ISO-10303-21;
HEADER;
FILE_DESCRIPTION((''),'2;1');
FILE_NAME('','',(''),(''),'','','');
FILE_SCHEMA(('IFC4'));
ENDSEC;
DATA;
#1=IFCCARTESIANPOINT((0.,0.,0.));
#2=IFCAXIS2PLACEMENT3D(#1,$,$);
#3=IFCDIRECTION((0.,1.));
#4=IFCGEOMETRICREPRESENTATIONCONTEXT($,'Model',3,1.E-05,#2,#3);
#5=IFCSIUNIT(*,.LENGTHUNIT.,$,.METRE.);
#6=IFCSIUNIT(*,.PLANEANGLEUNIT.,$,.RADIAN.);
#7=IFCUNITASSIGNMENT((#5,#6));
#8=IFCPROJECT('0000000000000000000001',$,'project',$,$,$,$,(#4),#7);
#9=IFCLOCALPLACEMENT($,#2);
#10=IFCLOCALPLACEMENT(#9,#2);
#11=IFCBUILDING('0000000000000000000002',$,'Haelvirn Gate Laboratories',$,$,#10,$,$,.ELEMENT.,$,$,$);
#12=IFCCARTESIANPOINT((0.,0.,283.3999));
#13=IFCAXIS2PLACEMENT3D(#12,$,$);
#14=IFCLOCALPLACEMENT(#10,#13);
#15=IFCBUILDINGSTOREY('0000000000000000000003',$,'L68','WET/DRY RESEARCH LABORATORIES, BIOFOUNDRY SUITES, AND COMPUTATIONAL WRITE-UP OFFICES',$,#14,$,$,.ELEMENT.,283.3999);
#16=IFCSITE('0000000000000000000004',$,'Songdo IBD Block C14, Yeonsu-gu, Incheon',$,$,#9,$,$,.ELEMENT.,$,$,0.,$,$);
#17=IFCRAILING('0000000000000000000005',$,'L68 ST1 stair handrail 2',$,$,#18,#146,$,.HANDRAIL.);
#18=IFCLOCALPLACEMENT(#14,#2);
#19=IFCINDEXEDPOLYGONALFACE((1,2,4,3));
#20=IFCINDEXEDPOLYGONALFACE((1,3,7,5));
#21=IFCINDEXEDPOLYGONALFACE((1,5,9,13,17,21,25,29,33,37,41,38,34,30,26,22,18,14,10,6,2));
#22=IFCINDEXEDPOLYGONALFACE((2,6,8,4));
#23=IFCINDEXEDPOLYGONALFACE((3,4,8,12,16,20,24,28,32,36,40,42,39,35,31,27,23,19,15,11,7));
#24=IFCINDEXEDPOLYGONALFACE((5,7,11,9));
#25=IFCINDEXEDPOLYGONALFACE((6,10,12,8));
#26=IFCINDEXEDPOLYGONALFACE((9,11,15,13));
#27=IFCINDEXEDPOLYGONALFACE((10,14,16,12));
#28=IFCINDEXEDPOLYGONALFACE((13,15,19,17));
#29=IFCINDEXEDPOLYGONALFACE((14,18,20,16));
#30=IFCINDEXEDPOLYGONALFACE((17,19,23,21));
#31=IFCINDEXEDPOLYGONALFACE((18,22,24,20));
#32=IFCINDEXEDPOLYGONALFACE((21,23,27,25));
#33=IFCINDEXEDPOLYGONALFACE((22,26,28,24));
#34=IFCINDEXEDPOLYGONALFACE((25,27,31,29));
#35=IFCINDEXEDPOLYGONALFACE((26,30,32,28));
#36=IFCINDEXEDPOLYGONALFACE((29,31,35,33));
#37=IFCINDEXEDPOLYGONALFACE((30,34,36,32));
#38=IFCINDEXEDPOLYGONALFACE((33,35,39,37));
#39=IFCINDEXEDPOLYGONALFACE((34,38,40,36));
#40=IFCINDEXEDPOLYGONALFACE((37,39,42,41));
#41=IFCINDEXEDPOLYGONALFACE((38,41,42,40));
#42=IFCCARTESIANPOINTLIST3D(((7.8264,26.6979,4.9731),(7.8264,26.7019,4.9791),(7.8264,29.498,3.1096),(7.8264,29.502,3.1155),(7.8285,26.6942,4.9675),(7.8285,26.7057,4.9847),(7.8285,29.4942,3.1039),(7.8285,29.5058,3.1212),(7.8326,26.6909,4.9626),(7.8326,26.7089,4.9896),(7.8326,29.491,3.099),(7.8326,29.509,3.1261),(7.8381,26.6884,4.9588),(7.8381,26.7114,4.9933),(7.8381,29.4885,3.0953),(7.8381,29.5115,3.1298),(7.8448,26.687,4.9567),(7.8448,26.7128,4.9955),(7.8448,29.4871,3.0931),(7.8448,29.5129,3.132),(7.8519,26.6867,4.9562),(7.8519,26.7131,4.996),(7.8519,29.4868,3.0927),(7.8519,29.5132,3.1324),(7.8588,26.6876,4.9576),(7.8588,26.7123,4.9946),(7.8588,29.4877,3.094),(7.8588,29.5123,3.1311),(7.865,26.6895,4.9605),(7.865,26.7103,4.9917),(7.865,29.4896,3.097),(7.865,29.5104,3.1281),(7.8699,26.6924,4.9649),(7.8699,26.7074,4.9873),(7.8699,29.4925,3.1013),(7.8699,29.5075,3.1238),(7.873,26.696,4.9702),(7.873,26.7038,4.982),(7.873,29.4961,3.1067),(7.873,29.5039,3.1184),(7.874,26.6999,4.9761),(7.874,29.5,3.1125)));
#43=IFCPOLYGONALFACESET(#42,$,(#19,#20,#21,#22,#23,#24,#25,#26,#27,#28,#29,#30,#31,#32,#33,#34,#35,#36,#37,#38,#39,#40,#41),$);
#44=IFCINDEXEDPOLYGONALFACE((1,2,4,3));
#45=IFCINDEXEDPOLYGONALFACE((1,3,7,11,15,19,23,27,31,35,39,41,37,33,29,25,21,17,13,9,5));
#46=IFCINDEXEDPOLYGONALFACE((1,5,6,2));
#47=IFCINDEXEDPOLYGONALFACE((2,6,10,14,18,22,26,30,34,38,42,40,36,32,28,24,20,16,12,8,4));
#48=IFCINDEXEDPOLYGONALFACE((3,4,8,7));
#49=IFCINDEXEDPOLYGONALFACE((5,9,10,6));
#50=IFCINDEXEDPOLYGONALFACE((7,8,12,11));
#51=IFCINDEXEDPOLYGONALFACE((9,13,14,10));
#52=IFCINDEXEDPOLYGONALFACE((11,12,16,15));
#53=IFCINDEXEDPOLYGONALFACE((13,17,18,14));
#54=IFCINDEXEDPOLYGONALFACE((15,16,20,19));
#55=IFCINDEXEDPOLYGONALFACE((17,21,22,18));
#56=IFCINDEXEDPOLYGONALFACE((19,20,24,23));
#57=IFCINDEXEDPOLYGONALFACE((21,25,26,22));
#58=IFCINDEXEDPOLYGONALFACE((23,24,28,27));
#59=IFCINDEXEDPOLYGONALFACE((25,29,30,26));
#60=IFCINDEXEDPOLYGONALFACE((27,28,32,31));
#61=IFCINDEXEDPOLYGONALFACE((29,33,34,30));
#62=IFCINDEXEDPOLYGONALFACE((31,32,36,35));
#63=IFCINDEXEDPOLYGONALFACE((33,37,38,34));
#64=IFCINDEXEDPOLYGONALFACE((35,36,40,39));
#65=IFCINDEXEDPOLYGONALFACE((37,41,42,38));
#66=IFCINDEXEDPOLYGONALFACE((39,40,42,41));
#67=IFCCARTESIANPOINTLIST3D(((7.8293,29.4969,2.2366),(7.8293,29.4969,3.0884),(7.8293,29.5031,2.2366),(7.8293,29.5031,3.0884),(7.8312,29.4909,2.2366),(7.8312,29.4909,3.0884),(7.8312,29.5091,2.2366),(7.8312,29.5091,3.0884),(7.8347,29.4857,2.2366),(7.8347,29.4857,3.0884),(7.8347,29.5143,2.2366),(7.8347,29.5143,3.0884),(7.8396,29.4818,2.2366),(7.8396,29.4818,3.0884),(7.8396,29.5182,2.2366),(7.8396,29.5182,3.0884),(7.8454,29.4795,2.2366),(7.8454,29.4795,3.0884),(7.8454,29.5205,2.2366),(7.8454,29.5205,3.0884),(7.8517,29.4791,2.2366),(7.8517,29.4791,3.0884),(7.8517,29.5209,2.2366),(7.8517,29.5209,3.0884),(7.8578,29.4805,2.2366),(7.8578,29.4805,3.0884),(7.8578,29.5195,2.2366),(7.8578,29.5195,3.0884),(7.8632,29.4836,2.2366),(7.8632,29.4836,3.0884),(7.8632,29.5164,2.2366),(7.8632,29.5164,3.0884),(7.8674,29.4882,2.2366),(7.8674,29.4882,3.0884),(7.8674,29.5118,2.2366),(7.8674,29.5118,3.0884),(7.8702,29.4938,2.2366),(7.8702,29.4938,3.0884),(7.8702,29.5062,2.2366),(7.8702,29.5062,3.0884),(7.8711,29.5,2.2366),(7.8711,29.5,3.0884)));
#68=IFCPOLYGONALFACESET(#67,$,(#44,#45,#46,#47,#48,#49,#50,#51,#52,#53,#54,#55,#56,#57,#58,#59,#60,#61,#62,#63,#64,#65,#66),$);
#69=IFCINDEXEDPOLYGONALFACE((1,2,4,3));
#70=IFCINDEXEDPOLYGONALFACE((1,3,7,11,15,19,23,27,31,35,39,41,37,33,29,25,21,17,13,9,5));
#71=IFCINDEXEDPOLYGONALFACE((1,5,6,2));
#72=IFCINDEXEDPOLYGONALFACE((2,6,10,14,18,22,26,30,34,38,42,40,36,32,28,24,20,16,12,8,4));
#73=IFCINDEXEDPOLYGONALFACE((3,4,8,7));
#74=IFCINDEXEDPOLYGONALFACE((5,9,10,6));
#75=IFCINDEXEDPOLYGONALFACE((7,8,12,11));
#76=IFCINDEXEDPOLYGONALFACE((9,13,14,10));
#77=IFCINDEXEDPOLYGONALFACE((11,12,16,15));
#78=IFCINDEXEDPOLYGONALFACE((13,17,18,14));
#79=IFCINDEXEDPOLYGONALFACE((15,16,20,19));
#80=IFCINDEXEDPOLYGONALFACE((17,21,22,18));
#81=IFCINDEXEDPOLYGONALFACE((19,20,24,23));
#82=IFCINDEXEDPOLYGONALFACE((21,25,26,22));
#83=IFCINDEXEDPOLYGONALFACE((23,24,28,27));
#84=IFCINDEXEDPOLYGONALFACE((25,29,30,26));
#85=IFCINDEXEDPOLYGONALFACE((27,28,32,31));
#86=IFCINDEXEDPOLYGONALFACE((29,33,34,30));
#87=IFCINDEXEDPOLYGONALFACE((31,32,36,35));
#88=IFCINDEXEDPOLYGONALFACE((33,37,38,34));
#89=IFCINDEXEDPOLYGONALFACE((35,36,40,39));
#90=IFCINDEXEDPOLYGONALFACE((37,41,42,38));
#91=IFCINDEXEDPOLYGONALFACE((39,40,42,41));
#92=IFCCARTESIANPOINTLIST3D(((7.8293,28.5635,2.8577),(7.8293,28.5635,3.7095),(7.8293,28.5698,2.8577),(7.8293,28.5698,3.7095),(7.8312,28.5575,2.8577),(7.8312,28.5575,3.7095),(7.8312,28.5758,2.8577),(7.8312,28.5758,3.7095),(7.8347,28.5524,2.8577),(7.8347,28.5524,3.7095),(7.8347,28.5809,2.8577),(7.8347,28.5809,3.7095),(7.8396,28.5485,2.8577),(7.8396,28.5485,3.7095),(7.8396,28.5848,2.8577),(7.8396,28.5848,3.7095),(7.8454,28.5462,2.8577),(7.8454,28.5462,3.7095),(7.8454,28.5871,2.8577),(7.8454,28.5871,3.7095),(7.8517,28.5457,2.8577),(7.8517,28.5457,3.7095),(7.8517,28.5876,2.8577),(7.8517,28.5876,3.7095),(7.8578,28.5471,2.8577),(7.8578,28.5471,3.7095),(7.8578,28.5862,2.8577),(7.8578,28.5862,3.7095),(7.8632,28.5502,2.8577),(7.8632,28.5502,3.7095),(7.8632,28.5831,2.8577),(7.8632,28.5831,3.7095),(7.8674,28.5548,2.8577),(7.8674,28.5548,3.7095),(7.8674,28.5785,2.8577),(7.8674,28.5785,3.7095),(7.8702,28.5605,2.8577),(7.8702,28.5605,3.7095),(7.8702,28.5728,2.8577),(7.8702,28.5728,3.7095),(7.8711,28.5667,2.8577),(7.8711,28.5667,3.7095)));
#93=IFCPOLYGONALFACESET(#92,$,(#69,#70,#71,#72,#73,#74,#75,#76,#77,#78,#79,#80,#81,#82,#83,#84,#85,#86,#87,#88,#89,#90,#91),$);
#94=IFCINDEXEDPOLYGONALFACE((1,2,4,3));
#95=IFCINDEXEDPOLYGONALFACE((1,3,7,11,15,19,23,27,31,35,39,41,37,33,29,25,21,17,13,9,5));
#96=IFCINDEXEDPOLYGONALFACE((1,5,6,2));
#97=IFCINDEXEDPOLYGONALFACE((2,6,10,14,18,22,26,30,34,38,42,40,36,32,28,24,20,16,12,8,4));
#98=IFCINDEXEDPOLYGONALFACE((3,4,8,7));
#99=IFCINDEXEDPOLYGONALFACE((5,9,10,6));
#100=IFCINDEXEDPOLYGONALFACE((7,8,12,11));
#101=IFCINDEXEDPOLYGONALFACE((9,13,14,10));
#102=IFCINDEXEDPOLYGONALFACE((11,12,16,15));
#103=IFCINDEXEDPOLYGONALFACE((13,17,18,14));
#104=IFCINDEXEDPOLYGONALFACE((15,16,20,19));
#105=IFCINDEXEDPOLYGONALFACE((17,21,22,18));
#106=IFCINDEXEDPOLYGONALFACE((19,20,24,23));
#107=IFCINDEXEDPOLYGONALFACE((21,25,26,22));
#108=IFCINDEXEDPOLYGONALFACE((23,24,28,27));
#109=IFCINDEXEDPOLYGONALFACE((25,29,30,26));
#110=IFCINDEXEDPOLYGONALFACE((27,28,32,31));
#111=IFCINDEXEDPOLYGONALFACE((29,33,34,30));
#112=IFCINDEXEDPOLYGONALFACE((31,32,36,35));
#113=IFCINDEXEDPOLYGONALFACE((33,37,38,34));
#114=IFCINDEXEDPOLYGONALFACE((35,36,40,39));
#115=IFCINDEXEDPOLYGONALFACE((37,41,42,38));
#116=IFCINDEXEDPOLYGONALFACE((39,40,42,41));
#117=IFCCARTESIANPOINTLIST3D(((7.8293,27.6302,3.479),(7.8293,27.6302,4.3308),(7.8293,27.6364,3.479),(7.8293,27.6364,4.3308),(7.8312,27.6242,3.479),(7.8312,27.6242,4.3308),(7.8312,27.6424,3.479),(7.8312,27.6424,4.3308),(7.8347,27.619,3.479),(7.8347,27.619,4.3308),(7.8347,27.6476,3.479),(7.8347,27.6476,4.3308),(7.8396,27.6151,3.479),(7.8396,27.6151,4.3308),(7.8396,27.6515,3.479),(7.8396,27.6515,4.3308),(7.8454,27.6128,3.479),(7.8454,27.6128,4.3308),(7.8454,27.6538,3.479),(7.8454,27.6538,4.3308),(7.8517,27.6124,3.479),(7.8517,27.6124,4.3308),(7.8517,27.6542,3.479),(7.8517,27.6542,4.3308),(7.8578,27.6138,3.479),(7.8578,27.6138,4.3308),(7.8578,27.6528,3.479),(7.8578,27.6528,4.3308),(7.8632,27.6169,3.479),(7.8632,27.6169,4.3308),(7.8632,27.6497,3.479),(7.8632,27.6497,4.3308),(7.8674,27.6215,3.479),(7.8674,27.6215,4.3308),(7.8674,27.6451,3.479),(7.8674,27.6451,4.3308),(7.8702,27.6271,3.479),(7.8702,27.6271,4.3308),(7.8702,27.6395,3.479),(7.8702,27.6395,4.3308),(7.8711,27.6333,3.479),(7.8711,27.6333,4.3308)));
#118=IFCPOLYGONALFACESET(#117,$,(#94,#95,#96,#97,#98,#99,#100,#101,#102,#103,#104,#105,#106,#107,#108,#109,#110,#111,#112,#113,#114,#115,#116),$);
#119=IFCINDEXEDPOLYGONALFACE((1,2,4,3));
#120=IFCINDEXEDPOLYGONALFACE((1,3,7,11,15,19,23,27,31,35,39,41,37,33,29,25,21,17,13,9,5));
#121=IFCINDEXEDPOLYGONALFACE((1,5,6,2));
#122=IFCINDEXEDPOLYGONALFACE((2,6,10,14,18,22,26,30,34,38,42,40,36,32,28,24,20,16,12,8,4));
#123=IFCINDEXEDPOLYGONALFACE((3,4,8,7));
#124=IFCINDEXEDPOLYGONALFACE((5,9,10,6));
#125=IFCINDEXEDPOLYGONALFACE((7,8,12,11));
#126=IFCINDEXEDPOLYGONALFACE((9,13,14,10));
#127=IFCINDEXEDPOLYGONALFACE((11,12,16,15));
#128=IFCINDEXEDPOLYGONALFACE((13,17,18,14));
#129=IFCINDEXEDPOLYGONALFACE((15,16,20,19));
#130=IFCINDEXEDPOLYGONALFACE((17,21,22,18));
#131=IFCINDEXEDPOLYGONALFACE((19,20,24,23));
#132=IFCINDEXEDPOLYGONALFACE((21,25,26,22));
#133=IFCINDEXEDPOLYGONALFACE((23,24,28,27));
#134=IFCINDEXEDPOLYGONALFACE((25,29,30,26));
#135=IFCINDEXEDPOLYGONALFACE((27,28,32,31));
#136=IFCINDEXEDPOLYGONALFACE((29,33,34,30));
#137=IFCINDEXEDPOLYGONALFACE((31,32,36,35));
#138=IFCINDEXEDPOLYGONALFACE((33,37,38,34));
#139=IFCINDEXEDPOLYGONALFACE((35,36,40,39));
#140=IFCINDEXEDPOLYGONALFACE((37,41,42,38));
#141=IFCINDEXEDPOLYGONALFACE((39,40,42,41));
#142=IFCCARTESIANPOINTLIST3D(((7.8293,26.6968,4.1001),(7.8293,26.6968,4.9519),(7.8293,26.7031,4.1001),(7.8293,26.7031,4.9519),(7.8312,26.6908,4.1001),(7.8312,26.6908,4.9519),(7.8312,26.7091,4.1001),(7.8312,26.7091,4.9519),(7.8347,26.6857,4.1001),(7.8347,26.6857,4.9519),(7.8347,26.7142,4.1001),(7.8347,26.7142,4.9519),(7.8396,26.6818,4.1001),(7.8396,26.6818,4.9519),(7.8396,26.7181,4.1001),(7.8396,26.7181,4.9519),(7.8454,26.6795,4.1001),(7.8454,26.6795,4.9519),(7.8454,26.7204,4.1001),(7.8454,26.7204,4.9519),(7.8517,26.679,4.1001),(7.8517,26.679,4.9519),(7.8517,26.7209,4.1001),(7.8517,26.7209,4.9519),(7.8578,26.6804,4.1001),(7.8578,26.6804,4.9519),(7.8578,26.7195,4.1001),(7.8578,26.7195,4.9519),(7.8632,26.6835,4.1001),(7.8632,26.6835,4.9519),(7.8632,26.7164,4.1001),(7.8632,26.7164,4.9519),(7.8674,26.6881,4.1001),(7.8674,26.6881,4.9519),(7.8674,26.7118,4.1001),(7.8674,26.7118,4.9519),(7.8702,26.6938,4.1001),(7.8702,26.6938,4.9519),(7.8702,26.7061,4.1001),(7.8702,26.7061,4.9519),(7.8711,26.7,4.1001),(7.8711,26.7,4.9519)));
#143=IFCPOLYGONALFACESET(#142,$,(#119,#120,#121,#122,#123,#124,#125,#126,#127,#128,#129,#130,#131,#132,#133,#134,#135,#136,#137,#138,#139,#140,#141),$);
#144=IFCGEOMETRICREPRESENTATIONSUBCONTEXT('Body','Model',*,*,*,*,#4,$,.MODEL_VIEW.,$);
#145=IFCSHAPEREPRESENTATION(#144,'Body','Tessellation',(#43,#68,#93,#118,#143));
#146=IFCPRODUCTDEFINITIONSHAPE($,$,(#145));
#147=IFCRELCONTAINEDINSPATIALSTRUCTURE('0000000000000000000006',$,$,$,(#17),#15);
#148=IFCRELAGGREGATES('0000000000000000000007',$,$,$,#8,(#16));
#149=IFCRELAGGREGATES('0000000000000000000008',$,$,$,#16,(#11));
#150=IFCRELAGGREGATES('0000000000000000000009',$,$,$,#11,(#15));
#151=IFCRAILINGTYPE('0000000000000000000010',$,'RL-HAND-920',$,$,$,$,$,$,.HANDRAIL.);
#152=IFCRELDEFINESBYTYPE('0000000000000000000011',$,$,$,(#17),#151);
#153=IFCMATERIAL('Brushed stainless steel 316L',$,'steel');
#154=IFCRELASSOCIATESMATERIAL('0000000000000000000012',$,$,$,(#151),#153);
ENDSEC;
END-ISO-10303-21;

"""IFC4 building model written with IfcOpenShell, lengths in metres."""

from ifc_helpers import new_model, si_unit, direction, frame, origin, origin_2d, place, context, subcontext, project, spatial, circle, extrude, source, transform, mapped, material, type_object, type_shapes, element, save


model = new_model("IFC4")

# Units and contexts
model_context = context("Model", 3, precision=1e-05, world=origin(), true_north=direction((0.0, 1.0)))
body_context = subcontext(model_context, "Body", "Model", "MODEL_VIEW")
ifc_project = project(units=[si_unit("LENGTHUNIT", "METRE"), si_unit("PLANEANGLEUNIT", "RADIAN")], contexts=[model_context])

# Site, building, storey
site_placement = place(None, origin())
site = spatial("IfcSite", under=ifc_project, at=site_placement, Name="Songdo IBD Block C14, Yeonsu-gu, Incheon", CompositionType="ELEMENT", RefElevation=0.0)
building_placement = place(site_placement, origin())
building = spatial("IfcBuilding", under=site, at=building_placement, Name="Haelvirn Gate Laboratories", CompositionType="ELEMENT")
storey_placement = place(building_placement, frame((0.0, 0.0, 283.3999)))
storey = spatial("IfcBuildingStorey", under=building, at=storey_placement, Name="L68", Description="WET/DRY RESEARCH LABORATORIES, BIOFOUNDRY SUITES, AND COMPUTATIONAL WRITE-UP OFFICES", CompositionType="ELEMENT", Elevation=283.3999)

# Railing
ifc_material_1 = material(Name="Brushed stainless steel 316L", Category="steel")
railing_type_1 = type_object("IfcRailingType", Name="RL-HAND-920", PredefinedType="HANDRAIL", material=ifc_material_1)
shared_shape_1 = source(origin(), body_context, "Body", "SweptSolid", [
    extrude(circle(Radius=0.0239, at=origin_2d()), frame((0.0, 0.0, 0.876), z_axis=(0.0, -0.832486, 0.554047), x_axis=(1.0, 0.0, 0.0)), (0.0, 0.0, 1.0), 3.3635),
    extrude(circle(Radius=0.021, at=origin_2d()), origin(), (0.0, 0.0, 1.0), 0.8518),
    extrude(circle(Radius=0.021, at=origin_2d()), frame((0.0, -0.9333, 0.6211)), (0.0, 0.0, 1.0), 0.8518),
    extrude(circle(Radius=0.021, at=origin_2d()), frame((0.0, -1.8667, 1.2424)), (0.0, 0.0, 1.0), 0.8518),
    extrude(circle(Radius=0.021, at=origin_2d()), frame((0.0, -2.8, 1.8635)), (0.0, 0.0, 1.0), 0.8518),
])
type_shapes(railing_type_1, [shared_shape_1])
railing_1_placement = place(storey_placement, frame((7.8501, 29.5, 2.2366)))
element("IfcRailing", 1, at=railing_1_placement, inside=storey, type_object=railing_type_1, Name="L68 ST1 stair handrail 2", PredefinedType="HANDRAIL", context=body_context, shape_type="MappedRepresentation", body=[
    mapped(shared_shape_1, transform((0.0, 0.0, 0.0), scale=1.0)),
])

save(model, "model.ifc")
